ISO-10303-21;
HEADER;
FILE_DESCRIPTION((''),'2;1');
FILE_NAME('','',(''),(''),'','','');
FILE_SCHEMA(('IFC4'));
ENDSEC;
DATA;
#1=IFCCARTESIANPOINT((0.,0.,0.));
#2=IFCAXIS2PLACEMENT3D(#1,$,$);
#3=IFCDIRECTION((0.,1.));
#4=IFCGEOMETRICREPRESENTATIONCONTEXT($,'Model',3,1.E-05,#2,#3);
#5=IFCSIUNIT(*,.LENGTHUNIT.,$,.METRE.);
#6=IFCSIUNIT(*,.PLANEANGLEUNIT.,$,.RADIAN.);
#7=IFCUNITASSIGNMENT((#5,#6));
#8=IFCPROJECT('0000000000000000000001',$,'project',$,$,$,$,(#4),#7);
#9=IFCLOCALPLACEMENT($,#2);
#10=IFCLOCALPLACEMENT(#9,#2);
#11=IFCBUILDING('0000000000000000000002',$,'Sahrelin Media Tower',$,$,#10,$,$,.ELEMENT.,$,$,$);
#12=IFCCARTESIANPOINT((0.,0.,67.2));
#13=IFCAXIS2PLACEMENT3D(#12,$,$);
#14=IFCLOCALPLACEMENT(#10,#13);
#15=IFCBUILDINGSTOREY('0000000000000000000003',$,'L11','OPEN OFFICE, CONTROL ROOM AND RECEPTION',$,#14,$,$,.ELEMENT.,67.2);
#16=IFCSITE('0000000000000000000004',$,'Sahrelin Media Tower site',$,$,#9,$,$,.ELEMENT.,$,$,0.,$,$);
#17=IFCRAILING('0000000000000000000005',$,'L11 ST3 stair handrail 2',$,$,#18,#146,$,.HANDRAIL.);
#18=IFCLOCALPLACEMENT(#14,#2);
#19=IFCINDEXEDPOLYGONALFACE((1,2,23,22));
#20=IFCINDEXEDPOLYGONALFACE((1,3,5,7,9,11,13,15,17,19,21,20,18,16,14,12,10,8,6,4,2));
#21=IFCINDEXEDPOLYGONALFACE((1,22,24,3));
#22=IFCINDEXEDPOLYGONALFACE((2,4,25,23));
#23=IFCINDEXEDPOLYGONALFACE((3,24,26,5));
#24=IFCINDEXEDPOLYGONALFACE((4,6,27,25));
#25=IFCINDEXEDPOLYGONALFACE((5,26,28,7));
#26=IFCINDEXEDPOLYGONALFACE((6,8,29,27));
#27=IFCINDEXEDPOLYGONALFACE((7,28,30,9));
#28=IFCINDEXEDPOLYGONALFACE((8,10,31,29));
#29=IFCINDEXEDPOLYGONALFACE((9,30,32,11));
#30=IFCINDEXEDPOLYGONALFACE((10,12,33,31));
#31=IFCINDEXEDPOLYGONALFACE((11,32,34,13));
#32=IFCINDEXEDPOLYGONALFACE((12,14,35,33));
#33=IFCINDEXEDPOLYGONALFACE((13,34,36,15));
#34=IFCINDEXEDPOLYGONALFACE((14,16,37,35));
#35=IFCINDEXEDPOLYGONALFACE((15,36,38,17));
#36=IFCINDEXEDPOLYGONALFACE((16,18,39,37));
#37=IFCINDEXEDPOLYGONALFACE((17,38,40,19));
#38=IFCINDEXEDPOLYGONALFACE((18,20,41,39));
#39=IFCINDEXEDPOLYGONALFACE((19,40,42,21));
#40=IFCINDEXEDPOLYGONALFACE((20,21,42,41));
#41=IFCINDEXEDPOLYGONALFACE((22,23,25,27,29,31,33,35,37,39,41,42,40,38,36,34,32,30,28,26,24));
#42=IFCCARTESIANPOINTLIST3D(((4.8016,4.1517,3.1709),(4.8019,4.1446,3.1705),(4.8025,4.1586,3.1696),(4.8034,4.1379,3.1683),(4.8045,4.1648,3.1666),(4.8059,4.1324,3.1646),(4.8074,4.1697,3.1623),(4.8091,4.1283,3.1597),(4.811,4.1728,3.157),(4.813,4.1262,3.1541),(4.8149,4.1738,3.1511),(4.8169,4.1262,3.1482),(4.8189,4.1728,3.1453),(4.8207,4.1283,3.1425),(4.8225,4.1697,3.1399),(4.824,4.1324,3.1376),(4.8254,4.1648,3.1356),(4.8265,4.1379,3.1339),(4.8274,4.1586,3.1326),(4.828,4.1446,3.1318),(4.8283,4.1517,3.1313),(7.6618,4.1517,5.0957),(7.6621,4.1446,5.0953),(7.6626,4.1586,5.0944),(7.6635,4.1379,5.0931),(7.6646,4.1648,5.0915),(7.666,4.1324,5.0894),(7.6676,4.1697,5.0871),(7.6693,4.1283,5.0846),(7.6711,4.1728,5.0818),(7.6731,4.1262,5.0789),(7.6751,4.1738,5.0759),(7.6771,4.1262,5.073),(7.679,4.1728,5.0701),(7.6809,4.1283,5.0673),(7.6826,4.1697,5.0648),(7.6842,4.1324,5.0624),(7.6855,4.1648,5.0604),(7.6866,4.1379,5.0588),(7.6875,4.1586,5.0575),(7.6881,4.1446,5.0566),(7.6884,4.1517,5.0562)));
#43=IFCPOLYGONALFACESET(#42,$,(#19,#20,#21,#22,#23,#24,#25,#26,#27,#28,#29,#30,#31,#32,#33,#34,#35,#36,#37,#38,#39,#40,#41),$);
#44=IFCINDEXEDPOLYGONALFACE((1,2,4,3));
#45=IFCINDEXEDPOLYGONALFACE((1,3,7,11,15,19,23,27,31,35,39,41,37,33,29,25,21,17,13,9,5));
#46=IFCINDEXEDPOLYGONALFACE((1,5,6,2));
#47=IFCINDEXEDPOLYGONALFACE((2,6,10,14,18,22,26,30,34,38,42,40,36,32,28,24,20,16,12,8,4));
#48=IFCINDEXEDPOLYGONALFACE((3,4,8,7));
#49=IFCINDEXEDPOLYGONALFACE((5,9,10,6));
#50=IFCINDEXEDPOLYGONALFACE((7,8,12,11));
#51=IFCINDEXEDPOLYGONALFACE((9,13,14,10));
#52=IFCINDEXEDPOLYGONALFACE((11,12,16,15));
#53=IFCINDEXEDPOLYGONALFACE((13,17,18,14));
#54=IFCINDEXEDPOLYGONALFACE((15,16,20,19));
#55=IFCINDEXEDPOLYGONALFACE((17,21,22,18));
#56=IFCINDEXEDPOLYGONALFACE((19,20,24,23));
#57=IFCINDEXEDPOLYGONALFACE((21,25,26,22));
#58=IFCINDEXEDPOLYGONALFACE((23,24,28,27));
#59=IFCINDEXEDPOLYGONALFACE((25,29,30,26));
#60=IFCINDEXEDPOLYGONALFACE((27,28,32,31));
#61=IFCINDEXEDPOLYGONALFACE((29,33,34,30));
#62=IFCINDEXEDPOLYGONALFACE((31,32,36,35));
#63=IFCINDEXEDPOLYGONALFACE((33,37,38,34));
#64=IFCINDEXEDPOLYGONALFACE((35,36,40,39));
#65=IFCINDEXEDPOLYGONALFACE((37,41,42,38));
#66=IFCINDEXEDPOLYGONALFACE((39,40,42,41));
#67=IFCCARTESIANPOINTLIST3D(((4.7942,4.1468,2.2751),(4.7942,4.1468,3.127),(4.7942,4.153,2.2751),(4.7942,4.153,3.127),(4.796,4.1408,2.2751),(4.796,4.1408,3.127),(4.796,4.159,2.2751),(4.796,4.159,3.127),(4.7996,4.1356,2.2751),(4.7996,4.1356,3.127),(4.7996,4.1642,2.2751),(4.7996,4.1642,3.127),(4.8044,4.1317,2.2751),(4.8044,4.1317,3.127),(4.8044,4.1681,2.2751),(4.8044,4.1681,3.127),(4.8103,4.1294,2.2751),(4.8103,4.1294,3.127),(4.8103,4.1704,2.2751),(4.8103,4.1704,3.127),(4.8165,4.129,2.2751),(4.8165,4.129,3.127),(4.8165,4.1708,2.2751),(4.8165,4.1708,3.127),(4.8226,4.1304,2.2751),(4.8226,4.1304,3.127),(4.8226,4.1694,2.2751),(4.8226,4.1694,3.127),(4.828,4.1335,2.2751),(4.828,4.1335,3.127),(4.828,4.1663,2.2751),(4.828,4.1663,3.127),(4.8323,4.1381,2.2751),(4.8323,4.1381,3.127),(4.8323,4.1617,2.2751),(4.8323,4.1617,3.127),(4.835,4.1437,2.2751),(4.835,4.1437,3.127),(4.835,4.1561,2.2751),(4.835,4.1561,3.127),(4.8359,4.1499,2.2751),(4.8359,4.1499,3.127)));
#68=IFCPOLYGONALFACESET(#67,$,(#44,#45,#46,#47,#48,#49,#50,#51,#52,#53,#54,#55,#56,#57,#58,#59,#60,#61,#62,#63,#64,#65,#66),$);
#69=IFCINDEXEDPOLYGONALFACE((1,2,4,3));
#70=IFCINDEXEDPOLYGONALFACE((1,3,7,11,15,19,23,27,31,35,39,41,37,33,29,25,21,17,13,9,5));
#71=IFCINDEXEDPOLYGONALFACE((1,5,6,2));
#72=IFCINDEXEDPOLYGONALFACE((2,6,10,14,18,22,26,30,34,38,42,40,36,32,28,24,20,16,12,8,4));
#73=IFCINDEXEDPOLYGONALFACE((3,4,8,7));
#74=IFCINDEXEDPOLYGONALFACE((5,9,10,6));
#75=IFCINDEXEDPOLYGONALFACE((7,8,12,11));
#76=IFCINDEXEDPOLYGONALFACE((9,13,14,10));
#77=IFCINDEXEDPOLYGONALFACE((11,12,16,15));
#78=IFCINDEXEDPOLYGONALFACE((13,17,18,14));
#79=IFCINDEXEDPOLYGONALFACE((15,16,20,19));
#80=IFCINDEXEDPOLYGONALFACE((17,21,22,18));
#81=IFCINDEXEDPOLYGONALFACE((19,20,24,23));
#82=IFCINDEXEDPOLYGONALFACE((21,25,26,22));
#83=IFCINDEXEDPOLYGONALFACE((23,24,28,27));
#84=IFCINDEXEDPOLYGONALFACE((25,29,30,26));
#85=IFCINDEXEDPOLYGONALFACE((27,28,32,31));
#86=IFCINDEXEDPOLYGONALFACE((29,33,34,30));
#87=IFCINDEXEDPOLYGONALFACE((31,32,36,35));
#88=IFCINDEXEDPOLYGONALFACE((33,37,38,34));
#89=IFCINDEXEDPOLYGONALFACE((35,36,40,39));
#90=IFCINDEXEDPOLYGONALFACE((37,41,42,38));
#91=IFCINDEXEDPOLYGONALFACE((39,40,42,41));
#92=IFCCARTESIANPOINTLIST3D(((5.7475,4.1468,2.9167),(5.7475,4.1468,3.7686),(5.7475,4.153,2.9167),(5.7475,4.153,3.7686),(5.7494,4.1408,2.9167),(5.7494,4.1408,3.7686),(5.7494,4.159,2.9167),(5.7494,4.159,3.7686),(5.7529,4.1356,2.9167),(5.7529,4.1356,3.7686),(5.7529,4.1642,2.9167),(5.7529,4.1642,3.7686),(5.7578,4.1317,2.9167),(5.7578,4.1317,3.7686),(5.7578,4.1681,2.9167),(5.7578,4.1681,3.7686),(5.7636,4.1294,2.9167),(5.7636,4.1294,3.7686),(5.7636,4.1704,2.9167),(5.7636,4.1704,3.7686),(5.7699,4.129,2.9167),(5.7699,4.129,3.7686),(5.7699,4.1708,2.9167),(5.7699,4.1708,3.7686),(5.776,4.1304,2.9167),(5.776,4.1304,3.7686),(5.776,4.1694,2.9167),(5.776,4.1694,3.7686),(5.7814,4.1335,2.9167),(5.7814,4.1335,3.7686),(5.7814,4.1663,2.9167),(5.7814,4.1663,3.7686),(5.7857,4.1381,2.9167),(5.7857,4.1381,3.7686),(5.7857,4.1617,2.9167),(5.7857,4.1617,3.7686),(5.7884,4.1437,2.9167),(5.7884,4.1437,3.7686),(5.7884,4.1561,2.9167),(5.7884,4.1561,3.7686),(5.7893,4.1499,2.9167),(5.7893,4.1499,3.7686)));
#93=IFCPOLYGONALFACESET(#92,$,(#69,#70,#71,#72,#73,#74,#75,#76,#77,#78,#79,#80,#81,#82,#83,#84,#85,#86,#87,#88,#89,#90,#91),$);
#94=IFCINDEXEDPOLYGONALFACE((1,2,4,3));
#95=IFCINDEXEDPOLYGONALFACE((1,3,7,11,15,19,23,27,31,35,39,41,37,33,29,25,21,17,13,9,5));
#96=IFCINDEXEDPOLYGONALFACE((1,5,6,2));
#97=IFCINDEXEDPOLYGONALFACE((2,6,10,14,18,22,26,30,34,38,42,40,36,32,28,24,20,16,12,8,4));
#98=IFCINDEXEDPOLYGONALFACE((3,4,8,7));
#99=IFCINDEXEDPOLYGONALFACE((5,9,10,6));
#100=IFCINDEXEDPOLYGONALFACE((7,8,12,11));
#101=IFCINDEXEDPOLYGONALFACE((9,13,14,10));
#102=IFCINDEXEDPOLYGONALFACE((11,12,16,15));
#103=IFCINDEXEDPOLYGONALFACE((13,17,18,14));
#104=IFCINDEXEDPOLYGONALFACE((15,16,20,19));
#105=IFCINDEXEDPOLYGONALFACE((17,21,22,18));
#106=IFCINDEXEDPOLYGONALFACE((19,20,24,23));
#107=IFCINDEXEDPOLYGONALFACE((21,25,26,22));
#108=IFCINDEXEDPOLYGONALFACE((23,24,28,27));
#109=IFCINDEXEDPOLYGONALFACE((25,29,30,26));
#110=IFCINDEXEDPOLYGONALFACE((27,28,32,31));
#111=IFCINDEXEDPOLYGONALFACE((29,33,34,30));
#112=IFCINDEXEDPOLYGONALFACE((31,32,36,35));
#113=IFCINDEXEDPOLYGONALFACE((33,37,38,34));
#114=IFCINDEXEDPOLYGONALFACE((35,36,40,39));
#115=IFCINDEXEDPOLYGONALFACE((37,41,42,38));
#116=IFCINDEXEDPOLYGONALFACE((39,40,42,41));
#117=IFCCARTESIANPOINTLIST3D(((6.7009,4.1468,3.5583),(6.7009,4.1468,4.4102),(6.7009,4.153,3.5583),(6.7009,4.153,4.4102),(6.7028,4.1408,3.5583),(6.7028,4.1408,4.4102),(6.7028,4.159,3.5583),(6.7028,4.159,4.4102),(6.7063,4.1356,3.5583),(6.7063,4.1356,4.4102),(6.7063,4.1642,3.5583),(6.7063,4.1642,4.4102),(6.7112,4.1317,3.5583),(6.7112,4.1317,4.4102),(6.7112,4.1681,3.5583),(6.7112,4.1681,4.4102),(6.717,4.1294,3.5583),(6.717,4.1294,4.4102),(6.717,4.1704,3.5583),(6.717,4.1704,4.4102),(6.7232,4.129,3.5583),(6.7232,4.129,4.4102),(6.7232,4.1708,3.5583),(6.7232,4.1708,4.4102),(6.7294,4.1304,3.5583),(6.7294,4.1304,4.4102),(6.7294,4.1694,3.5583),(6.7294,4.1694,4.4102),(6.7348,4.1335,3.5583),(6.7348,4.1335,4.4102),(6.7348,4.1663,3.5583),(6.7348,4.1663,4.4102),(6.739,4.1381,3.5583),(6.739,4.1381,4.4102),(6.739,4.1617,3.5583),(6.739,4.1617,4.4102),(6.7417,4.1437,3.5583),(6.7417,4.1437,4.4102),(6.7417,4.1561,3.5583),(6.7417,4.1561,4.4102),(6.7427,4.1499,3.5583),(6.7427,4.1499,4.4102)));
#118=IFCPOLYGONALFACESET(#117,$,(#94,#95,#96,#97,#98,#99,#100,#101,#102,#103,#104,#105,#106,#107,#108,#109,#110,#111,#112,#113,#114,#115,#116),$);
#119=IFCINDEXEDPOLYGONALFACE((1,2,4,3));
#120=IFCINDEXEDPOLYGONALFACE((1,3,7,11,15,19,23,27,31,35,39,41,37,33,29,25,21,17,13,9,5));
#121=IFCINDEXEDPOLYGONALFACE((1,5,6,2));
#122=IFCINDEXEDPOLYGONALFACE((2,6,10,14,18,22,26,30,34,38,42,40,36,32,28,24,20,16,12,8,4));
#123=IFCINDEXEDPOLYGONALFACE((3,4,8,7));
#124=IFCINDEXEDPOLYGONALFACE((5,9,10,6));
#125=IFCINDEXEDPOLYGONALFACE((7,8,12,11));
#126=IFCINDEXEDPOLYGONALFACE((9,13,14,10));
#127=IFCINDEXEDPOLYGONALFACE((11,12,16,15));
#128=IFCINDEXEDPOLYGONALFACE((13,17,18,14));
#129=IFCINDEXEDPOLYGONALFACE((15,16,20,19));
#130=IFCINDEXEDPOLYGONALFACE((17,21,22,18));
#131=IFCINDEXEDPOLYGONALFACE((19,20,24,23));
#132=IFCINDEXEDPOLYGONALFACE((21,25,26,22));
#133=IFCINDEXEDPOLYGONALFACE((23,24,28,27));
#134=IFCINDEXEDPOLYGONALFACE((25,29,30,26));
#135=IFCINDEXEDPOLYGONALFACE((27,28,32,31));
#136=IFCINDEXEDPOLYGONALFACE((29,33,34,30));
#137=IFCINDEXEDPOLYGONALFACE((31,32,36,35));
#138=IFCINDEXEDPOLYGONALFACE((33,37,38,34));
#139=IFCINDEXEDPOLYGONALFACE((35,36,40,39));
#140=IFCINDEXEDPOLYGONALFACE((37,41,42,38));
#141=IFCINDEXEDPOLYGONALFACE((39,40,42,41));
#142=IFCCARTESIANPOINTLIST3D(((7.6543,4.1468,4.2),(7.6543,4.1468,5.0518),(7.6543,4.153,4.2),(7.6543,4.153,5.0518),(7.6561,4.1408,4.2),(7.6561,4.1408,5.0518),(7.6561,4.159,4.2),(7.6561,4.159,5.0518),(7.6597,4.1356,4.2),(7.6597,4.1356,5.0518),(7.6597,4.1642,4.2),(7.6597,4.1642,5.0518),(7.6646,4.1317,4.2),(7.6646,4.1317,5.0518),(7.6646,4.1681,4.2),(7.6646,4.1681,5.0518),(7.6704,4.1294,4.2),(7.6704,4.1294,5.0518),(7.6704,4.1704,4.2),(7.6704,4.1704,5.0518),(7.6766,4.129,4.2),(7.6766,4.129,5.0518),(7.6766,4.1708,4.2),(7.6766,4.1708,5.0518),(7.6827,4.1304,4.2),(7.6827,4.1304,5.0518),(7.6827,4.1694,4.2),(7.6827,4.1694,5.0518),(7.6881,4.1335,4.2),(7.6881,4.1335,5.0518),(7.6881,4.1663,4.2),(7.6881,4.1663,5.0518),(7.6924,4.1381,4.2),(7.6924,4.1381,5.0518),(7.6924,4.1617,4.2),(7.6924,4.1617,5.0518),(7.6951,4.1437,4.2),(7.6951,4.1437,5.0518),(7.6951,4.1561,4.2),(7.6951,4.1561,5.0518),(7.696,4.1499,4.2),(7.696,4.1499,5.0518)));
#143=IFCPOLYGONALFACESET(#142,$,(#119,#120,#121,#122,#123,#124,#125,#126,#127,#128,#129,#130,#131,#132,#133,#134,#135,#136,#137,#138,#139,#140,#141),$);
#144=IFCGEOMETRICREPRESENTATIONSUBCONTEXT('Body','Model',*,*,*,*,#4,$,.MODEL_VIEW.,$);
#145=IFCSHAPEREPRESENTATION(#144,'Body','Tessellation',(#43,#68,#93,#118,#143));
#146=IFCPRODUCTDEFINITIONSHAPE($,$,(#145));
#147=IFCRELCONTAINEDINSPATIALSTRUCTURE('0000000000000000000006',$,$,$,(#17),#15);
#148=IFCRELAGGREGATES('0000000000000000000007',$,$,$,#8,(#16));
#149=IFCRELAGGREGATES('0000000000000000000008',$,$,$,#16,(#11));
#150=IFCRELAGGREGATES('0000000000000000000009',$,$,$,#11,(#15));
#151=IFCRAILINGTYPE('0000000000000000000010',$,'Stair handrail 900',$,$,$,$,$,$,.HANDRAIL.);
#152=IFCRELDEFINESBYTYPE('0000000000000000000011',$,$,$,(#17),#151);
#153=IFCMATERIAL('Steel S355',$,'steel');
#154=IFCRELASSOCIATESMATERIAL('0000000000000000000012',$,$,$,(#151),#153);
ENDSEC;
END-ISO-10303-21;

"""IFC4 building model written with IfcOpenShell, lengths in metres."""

from ifc_helpers import new_model, si_unit, direction, frame, origin, origin_2d, place, context, subcontext, project, spatial, circle, extrude, material, type_object, element, save


model = new_model("IFC4")

# Units and contexts
model_context = context("Model", 3, precision=1e-05, world=origin(), true_north=direction((0.0, 1.0)))
body_context = subcontext(model_context, "Body", "Model", "MODEL_VIEW")
ifc_project = project(units=[si_unit("LENGTHUNIT", "METRE"), si_unit("PLANEANGLEUNIT", "RADIAN")], contexts=[model_context])

# Site, building, storey
site_placement = place(None, origin())
site = spatial("IfcSite", under=ifc_project, at=site_placement, Name="Sahrelin Media Tower site", CompositionType="ELEMENT", RefElevation=0.0)
building_placement = place(site_placement, origin())
building = spatial("IfcBuilding", under=site, at=building_placement, Name="Sahrelin Media Tower", CompositionType="ELEMENT")
storey_placement = place(building_placement, frame((0.0, 0.0, 67.2)))
storey = spatial("IfcBuildingStorey", under=building, at=storey_placement, Name="L11", Description="OPEN OFFICE, CONTROL ROOM AND RECEPTION", CompositionType="ELEMENT", Elevation=67.2)

# Railing
ifc_material_1 = material(Name="Steel S355", Category="steel")
railing_type_1 = type_object("IfcRailingType", Name="Stair handrail 900", PredefinedType="HANDRAIL", material=ifc_material_1)
railing_1_placement = place(storey_placement, frame((4.8149, 4.1499, 2.2751)))
element("IfcRailing", 1, at=railing_1_placement, inside=storey, type_object=railing_type_1, Name="L11 ST3 stair handrail 2", PredefinedType="HANDRAIL", context=body_context, shape_type="SweptSolid", body=[
    extrude(circle(Radius=0.0239, at=origin_2d()), frame((0.0, 0.0, 0.876), z_axis=(0.829624, 0.0, 0.558323), x_axis=(0.0, 1.0, 0.0)), (0.0, 0.0, 1.0), 3.4475),
    extrude(circle(Radius=0.021, at=origin_2d()), origin(), (0.0, 0.0, 1.0), 0.8518),
    extrude(circle(Radius=0.021, at=origin_2d()), frame((0.9534, 0.0, 0.6416)), (0.0, 0.0, 1.0), 0.8518),
    extrude(circle(Radius=0.021, at=origin_2d()), frame((1.9067, 0.0, 1.2832)), (0.0, 0.0, 1.0), 0.8518),
    extrude(circle(Radius=0.021, at=origin_2d()), frame((2.8601, 0.0, 1.9248)), (0.0, 0.0, 1.0), 0.8518),
])

save(model, "model.ifc")
